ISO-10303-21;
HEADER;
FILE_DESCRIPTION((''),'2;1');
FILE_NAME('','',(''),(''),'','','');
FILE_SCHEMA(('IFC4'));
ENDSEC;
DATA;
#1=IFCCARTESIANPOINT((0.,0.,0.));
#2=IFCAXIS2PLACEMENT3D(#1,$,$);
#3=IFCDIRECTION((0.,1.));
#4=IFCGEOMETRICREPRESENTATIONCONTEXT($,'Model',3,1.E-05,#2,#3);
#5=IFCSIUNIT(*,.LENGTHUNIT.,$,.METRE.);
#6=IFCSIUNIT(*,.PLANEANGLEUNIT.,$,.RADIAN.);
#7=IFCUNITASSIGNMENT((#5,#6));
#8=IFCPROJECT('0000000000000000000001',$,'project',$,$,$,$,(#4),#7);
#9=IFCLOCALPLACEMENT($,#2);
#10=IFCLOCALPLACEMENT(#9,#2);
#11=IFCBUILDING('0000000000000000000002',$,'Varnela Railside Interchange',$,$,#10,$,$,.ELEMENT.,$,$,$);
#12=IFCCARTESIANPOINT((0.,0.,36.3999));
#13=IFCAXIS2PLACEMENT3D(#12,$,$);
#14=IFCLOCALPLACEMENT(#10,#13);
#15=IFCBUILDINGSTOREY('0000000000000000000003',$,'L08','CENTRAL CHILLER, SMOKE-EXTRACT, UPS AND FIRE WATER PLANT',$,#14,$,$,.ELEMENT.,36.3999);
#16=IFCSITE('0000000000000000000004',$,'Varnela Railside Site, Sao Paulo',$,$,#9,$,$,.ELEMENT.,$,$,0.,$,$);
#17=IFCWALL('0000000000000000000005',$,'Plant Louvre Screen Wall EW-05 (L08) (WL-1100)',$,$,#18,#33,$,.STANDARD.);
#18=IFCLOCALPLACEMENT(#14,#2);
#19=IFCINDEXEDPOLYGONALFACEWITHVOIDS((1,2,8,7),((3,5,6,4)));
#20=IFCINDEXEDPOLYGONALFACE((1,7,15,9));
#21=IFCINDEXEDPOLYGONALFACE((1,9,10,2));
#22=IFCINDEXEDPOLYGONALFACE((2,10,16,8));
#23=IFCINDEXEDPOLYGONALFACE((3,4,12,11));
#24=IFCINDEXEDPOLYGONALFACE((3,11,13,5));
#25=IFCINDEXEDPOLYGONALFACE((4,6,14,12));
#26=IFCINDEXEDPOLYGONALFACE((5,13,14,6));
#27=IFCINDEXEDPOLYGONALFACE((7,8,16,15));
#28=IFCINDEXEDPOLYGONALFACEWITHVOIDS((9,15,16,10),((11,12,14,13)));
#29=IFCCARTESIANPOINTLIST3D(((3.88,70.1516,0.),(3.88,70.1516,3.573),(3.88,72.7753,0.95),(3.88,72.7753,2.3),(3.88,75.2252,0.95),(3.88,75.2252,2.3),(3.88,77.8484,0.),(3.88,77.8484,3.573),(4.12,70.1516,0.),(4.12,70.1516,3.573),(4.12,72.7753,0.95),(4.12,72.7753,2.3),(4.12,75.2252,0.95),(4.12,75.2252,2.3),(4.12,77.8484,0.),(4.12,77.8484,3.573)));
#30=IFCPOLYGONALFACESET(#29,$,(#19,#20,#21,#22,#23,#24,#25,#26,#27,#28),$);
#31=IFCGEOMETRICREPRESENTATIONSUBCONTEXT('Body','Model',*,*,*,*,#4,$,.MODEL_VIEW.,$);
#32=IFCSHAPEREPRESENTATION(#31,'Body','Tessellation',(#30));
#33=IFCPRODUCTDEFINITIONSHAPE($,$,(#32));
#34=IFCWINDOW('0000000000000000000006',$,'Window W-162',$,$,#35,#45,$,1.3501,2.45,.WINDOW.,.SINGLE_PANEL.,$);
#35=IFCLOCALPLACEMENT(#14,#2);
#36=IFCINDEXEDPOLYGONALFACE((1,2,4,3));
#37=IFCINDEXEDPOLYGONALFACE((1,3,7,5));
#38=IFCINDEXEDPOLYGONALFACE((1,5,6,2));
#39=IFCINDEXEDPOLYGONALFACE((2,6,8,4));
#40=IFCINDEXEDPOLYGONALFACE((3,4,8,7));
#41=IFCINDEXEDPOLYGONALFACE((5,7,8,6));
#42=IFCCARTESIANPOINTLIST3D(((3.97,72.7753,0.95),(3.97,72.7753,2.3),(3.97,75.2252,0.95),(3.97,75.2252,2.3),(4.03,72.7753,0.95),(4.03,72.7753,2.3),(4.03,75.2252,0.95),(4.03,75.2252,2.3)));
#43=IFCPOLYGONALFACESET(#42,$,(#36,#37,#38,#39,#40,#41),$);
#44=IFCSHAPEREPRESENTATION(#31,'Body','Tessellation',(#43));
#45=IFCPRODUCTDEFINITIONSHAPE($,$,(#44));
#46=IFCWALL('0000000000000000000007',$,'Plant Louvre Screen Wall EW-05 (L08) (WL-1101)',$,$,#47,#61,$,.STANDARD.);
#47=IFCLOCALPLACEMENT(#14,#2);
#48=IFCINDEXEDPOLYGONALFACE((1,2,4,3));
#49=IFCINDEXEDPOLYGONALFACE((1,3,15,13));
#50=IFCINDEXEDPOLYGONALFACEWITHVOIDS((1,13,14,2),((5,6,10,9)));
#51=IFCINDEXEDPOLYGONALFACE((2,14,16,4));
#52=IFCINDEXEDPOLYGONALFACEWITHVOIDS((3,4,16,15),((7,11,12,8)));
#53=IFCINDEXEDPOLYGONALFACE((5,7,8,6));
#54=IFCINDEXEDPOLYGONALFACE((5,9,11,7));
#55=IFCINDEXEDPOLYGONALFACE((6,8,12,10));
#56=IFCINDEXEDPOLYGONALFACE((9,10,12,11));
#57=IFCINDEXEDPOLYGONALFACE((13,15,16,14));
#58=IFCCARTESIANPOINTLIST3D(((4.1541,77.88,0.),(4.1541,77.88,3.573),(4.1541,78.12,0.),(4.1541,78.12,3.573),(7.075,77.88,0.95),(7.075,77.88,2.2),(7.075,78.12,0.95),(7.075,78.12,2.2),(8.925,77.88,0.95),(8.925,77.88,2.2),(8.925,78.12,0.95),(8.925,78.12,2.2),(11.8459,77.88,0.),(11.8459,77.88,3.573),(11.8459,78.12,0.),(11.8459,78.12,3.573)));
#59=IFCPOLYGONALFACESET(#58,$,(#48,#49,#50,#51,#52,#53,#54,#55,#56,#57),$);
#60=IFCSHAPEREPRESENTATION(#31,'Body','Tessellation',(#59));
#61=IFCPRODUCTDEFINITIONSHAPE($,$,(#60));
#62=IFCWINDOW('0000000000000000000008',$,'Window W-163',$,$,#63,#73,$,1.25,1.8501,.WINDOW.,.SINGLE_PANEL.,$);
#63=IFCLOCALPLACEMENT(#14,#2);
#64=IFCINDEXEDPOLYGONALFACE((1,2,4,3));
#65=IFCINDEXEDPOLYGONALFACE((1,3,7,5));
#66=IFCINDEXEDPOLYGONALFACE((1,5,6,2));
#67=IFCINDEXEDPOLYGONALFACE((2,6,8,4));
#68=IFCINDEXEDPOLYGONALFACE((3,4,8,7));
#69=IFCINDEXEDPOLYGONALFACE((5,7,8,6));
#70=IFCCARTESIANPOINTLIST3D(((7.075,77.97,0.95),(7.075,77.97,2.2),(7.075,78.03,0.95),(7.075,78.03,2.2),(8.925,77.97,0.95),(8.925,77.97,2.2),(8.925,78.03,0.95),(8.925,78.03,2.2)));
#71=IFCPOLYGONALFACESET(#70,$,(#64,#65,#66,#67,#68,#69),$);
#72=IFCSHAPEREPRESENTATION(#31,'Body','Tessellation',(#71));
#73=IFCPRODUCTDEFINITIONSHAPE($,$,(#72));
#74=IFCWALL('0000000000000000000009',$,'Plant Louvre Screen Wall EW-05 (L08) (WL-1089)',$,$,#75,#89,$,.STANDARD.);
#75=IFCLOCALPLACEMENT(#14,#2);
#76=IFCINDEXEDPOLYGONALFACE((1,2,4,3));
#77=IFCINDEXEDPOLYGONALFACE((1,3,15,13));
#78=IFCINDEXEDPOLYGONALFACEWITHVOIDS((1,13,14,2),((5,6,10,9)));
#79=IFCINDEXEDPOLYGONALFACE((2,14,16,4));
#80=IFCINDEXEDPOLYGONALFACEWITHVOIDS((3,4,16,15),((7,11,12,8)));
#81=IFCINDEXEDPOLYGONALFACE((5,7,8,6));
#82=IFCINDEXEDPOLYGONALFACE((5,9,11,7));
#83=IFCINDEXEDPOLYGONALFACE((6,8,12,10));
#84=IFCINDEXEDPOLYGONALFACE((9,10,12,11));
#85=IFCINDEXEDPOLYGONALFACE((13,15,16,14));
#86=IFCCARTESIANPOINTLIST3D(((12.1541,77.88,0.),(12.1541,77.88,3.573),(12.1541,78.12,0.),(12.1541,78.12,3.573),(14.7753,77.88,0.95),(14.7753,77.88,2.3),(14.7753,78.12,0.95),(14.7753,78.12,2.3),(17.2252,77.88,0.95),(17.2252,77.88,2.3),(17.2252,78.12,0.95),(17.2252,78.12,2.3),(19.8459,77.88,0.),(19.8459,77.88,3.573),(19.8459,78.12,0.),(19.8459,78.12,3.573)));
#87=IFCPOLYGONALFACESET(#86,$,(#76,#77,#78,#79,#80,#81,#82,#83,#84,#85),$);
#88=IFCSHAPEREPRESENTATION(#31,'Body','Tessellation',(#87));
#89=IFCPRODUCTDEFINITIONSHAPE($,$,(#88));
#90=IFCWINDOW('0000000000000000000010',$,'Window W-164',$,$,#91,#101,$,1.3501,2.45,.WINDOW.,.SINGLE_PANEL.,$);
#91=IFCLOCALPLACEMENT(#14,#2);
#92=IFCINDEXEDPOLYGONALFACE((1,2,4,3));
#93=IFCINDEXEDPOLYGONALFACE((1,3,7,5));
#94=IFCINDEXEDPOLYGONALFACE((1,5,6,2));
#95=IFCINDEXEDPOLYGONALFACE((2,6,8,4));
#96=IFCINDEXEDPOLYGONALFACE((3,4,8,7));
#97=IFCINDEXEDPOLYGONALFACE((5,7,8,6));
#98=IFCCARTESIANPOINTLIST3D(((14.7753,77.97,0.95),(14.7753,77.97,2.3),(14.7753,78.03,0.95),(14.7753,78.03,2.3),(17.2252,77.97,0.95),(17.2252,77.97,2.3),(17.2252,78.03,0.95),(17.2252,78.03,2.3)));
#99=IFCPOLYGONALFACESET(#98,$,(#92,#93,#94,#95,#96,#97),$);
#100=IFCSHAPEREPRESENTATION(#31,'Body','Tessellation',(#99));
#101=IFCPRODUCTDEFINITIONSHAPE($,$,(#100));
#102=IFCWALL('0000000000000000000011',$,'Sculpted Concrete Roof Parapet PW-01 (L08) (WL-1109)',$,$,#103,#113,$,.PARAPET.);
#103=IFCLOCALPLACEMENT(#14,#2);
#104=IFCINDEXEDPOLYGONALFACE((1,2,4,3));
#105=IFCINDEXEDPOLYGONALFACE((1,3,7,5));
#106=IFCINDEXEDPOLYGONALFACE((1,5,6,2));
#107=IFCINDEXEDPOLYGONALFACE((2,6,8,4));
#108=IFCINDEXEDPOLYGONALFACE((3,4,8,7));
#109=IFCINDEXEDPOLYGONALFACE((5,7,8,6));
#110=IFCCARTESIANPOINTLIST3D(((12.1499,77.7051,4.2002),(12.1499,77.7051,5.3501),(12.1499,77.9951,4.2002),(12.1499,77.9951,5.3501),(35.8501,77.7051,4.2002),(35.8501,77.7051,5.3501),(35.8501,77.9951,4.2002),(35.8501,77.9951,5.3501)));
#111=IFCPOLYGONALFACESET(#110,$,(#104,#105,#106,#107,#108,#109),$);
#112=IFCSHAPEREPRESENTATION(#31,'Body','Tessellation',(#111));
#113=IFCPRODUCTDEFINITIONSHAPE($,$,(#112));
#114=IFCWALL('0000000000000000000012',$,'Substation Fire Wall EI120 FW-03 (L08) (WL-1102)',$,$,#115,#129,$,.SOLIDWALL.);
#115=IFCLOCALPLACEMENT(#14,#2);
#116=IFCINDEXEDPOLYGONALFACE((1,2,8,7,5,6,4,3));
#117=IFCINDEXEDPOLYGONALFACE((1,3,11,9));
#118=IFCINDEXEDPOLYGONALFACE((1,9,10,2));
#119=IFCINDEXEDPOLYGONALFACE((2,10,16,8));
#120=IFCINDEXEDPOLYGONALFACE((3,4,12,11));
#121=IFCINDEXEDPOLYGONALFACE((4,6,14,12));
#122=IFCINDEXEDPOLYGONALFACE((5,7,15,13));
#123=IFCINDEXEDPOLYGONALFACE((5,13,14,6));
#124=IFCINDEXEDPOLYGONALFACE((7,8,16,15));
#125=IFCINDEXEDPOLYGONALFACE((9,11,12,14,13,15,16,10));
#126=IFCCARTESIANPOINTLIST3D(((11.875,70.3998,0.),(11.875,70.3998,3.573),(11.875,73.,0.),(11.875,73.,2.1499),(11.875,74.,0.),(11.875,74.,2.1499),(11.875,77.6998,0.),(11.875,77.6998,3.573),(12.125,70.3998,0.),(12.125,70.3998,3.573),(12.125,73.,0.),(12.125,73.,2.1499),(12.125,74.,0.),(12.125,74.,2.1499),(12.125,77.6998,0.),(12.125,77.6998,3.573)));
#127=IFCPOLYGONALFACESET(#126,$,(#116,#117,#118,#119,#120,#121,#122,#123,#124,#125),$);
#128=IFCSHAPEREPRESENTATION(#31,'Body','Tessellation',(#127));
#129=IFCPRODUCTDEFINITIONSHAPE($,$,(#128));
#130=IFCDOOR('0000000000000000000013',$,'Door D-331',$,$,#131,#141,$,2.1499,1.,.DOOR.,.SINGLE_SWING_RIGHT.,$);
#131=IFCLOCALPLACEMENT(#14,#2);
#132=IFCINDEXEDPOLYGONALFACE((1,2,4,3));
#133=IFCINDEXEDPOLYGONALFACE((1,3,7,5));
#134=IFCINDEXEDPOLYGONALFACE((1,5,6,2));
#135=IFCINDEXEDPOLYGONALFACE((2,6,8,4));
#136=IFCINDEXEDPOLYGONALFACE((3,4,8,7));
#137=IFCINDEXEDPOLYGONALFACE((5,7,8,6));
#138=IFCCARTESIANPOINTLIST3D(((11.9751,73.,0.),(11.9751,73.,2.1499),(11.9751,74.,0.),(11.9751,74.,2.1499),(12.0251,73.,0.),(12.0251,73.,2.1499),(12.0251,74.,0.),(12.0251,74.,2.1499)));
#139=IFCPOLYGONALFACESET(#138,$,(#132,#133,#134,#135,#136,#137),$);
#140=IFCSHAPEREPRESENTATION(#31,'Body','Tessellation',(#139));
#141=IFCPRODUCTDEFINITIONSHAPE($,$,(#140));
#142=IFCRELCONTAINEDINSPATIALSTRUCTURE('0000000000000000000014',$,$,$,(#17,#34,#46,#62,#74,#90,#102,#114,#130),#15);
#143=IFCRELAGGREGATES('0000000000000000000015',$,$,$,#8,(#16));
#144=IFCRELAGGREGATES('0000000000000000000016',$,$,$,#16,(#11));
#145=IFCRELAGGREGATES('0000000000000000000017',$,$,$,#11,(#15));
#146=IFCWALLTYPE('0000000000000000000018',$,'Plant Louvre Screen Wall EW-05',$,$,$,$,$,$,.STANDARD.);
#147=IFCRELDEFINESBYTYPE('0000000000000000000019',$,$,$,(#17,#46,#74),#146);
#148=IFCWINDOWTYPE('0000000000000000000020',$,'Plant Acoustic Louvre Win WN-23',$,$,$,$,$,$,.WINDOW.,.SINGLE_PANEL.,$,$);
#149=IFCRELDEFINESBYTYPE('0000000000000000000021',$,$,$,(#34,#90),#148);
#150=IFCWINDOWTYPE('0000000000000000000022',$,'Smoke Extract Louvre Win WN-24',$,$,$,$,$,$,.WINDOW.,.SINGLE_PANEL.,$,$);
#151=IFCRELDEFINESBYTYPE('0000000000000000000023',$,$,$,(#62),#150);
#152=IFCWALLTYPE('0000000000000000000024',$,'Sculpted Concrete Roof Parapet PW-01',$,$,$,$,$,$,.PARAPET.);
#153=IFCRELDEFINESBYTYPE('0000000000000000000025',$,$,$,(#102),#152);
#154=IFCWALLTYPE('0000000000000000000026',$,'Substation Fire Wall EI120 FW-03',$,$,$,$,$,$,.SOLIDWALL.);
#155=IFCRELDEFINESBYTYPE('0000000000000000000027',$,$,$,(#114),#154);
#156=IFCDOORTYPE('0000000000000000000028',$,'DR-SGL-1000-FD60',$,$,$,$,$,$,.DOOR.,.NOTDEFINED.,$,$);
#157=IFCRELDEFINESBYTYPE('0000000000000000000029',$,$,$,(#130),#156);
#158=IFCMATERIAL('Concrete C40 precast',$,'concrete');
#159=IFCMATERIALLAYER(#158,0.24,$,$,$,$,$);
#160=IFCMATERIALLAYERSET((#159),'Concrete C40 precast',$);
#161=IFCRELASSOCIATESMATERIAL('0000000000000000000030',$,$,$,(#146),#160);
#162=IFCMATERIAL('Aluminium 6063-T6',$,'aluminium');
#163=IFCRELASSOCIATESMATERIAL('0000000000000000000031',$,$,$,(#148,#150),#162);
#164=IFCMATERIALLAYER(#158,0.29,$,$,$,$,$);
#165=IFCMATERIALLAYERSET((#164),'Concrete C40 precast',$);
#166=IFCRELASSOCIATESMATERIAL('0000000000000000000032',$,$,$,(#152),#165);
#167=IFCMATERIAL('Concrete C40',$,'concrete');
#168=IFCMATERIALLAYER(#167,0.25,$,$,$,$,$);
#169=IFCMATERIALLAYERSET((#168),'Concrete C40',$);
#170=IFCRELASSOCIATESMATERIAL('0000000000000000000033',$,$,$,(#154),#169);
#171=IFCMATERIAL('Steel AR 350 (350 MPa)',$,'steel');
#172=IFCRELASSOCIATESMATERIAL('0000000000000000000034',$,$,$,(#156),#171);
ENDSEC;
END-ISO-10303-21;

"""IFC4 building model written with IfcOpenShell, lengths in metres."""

from ifc_helpers import new_model, si_unit, direction, frame, frame_2d, origin, place, context, subcontext, project, spatial, rectangle, extrude, material, layer, layer_set, type_object, element, fill, save


model = new_model("IFC4")

# Units and contexts
model_context = context("Model", 3, precision=1e-05, world=origin(), true_north=direction((0.0, 1.0)))
body_context = subcontext(model_context, "Body", "Model", "MODEL_VIEW")
ifc_project = project(units=[si_unit("LENGTHUNIT", "METRE"), si_unit("PLANEANGLEUNIT", "RADIAN")], contexts=[model_context])

# Site, building, storey
site_placement = place(None, origin())
site = spatial("IfcSite", under=ifc_project, at=site_placement, Name="Varnela Railside Site, Sao Paulo", CompositionType="ELEMENT", RefElevation=0.0)
building_placement = place(site_placement, origin())
building = spatial("IfcBuilding", under=site, at=building_placement, Name="Varnela Railside Interchange", CompositionType="ELEMENT")
storey_placement = place(building_placement, frame((0.0, 0.0, 36.3999)))
storey = spatial("IfcBuildingStorey", under=building, at=storey_placement, Name="L08", Description="CENTRAL CHILLER, SMOKE-EXTRACT, UPS AND FIRE WATER PLANT", CompositionType="ELEMENT", Elevation=36.3999)

# Shared definitions
ifc_material_1 = material(Name="Steel AR 350 (350 MPa)", Category="steel")

# Shared definitions
ifc_material_2 = material(Name="Concrete C40", Category="concrete")

# Walls, openings, windows
ifc_material_3 = material(Name="Concrete C40 precast", Category="concrete")
ifc_layer_1 = layer(ifc_material_3, 0.24)
ifc_layer_set_1 = layer_set([ifc_layer_1], Name="Concrete C40 precast")
wall_type_1 = type_object("IfcWallType", Name="Plant Louvre Screen Wall EW-05", PredefinedType="STANDARD", material=ifc_layer_set_1)
wall_1_placement = place(storey_placement, frame((4.0, 70.1516, 0.0), z_axis=(0.0, 0.0, 1.0), x_axis=(0.0, 1.0, 0.0)))
wall_1 = element("IfcWall", 1, at=wall_1_placement, inside=storey, type_object=wall_type_1, Name="Plant Louvre Screen Wall EW-05 (L08) (WL-1100)", PredefinedType="STANDARD", context=body_context, shape_type="SweptSolid", body=[
    extrude(rectangle(XDim=7.6968, YDim=0.24, at=frame_2d((3.8484, 0.0))), origin(), (0.0, 0.0, 1.0), 3.573),
])
opening_1_placement = place(wall_1_placement, frame((2.6235, 0.0, 0.95)))
opening_1 = element("IfcOpeningElement", 2, at=opening_1_placement, cuts=wall_1, PredefinedType="OPENING", context=body_context, shape_type="SweptSolid", body=[
    extrude(rectangle(XDim=2.45, YDim=1.3501, at=frame_2d((1.2251, 0.675))), frame((0.0, 0.1299, 0.0), z_axis=(0.0, -1.0, 0.0), x_axis=(1.0, 0.0, 0.0)), (0.0, 0.0, 1.0), 0.26),
])
ifc_material_4 = material(Name="Aluminium 6063-T6", Category="aluminium")
window_type_1 = type_object("IfcWindowType", Name="Plant Acoustic Louvre Win WN-23", PartitioningType="SINGLE_PANEL", PredefinedType="WINDOW", material=ifc_material_4)
window_1_placement = place(opening_1_placement, origin())
window_1 = element("IfcWindow", 3, at=window_1_placement, inside=storey, type_object=window_type_1, Name="Window W-162", OverallHeight=1.3501, OverallWidth=2.45, PartitioningType="SINGLE_PANEL", PredefinedType="WINDOW", context=body_context, shape_type="SweptSolid", body=[
    extrude(rectangle(XDim=2.45, YDim=1.3501, at=frame_2d((1.2251, 0.675))), frame((0.0, 0.03, 0.0), z_axis=(0.0, -1.0, 0.0), x_axis=(1.0, 0.0, 0.0)), (0.0, 0.0, 1.0), 0.0601),
])
fill(opening_1, window_1)
wall_2_placement = place(storey_placement, frame((4.1541, 78.0, 0.0), z_axis=(0.0, 0.0, 1.0), x_axis=(1.0, 0.0, 0.0)))
wall_2 = element("IfcWall", 4, at=wall_2_placement, inside=storey, type_object=wall_type_1, Name="Plant Louvre Screen Wall EW-05 (L08) (WL-1101)", PredefinedType="STANDARD", context=body_context, shape_type="SweptSolid", body=[
    extrude(rectangle(XDim=7.6919, YDim=0.24, at=frame_2d((3.8459, 0.0))), origin(), (0.0, 0.0, 1.0), 3.573),
])
opening_2_placement = place(wall_2_placement, frame((2.9209, 0.0, 0.95)))
opening_2 = element("IfcOpeningElement", 5, at=opening_2_placement, cuts=wall_2, PredefinedType="OPENING", context=body_context, shape_type="SweptSolid", body=[
    extrude(rectangle(XDim=1.8501, YDim=1.25, at=frame_2d((0.925, 0.625))), frame((0.0, 0.1299, 0.0), z_axis=(0.0, -1.0, 0.0), x_axis=(1.0, 0.0, 0.0)), (0.0, 0.0, 1.0), 0.26),
])
window_type_2 = type_object("IfcWindowType", Name="Smoke Extract Louvre Win WN-24", PartitioningType="SINGLE_PANEL", PredefinedType="WINDOW", material=ifc_material_4)
window_2_placement = place(opening_2_placement, origin())
window_2 = element("IfcWindow", 6, at=window_2_placement, inside=storey, type_object=window_type_2, Name="Window W-163", OverallHeight=1.25, OverallWidth=1.8501, PartitioningType="SINGLE_PANEL", PredefinedType="WINDOW", context=body_context, shape_type="SweptSolid", body=[
    extrude(rectangle(XDim=1.8501, YDim=1.25, at=frame_2d((0.925, 0.625))), frame((0.0, 0.03, 0.0), z_axis=(0.0, -1.0, 0.0), x_axis=(1.0, 0.0, 0.0)), (0.0, 0.0, 1.0), 0.0601),
])
fill(opening_2, window_2)
wall_3_placement = place(storey_placement, frame((12.1541, 78.0, 0.0), z_axis=(0.0, 0.0, 1.0), x_axis=(1.0, 0.0, 0.0)))
wall_3 = element("IfcWall", 7, at=wall_3_placement, inside=storey, type_object=wall_type_1, Name="Plant Louvre Screen Wall EW-05 (L08) (WL-1089)", PredefinedType="STANDARD", context=body_context, shape_type="SweptSolid", body=[
    extrude(rectangle(XDim=7.6919, YDim=0.24, at=frame_2d((3.8459, 0.0))), origin(), (0.0, 0.0, 1.0), 3.573),
])
opening_3_placement = place(wall_3_placement, frame((2.6211, 0.0, 0.95)))
opening_3 = element("IfcOpeningElement", 8, at=opening_3_placement, cuts=wall_3, PredefinedType="OPENING", context=body_context, shape_type="SweptSolid", body=[
    extrude(rectangle(XDim=2.45, YDim=1.3501, at=frame_2d((1.2251, 0.675))), frame((0.0, 0.1299, 0.0), z_axis=(0.0, -1.0, 0.0), x_axis=(1.0, 0.0, 0.0)), (0.0, 0.0, 1.0), 0.26),
])
window_3_placement = place(opening_3_placement, origin())
window_3 = element("IfcWindow", 9, at=window_3_placement, inside=storey, type_object=window_type_1, Name="Window W-164", OverallHeight=1.3501, OverallWidth=2.45, PartitioningType="SINGLE_PANEL", PredefinedType="WINDOW", context=body_context, shape_type="SweptSolid", body=[
    extrude(rectangle(XDim=2.45, YDim=1.3501, at=frame_2d((1.2251, 0.675))), frame((0.0, 0.03, 0.0), z_axis=(0.0, -1.0, 0.0), x_axis=(1.0, 0.0, 0.0)), (0.0, 0.0, 1.0), 0.0601),
])
fill(opening_3, window_3)

# Wall
ifc_layer_2 = layer(ifc_material_3, 0.29)
ifc_layer_set_2 = layer_set([ifc_layer_2], Name="Concrete C40 precast")
wall_type_2 = type_object("IfcWallType", Name="Sculpted Concrete Roof Parapet PW-01", PredefinedType="PARAPET", material=ifc_layer_set_2)
wall_4_placement = place(storey_placement, frame((12.1499, 77.8501, 4.2002), z_axis=(0.0, 0.0, 1.0), x_axis=(1.0, 0.0, 0.0)))
element("IfcWall", 10, at=wall_4_placement, inside=storey, type_object=wall_type_2, Name="Sculpted Concrete Roof Parapet PW-01 (L08) (WL-1109)", PredefinedType="PARAPET", context=body_context, shape_type="SweptSolid", body=[
    extrude(rectangle(XDim=23.7002, YDim=0.29, at=frame_2d((11.8501, 0.0))), origin(), (0.0, 0.0, 1.0), 1.1499),
])

# Wall, opening, door
ifc_layer_3 = layer(ifc_material_2, 0.25)
ifc_layer_set_3 = layer_set([ifc_layer_3], Name="Concrete C40")
wall_type_3 = type_object("IfcWallType", Name="Substation Fire Wall EI120 FW-03", PredefinedType="SOLIDWALL", material=ifc_layer_set_3)
wall_5_placement = place(storey_placement, frame((12.0, 70.3999, 0.0), z_axis=(0.0, 0.0, 1.0), x_axis=(0.0, 1.0, 0.0)))
wall_5 = element("IfcWall", 11, at=wall_5_placement, inside=storey, type_object=wall_type_3, Name="Substation Fire Wall EI120 FW-03 (L08) (WL-1102)", PredefinedType="SOLIDWALL", context=body_context, shape_type="SweptSolid", body=[
    extrude(rectangle(XDim=7.3, YDim=0.25, at=frame_2d((3.6499, 0.0))), origin(), (0.0, 0.0, 1.0), 3.573),
])
opening_4_placement = place(wall_5_placement, frame((2.6001, 0.0, 0.0)))
opening_4 = element("IfcOpeningElement", 12, at=opening_4_placement, cuts=wall_5, PredefinedType="OPENING", context=body_context, shape_type="SweptSolid", body=[
    extrude(rectangle(XDim=1.0, YDim=2.1499, at=frame_2d((0.5, 1.075))), frame((0.0, 0.135, 0.0), z_axis=(0.0, -1.0, 0.0), x_axis=(1.0, 0.0, 0.0)), (0.0, 0.0, 1.0), 0.27),
])
door_type = type_object("IfcDoorType", Name="DR-SGL-1000-FD60", OperationType="NOTDEFINED", PredefinedType="DOOR", material=ifc_material_1)
door_placement = place(opening_4_placement, origin())
door = element("IfcDoor", 13, at=door_placement, inside=storey, type_object=door_type, Name="Door D-331", OperationType="SINGLE_SWING_RIGHT", OverallHeight=2.1499, OverallWidth=1.0, PredefinedType="DOOR", context=body_context, shape_type="SweptSolid", body=[
    extrude(rectangle(XDim=1.0, YDim=2.1499, at=frame_2d((0.5, 1.075))), frame((0.0, 0.0249, 0.0), z_axis=(0.0, -1.0, 0.0), x_axis=(1.0, 0.0, 0.0)), (0.0, 0.0, 1.0), 0.05),
])
fill(opening_4, door)

save(model, "model.ifc")
